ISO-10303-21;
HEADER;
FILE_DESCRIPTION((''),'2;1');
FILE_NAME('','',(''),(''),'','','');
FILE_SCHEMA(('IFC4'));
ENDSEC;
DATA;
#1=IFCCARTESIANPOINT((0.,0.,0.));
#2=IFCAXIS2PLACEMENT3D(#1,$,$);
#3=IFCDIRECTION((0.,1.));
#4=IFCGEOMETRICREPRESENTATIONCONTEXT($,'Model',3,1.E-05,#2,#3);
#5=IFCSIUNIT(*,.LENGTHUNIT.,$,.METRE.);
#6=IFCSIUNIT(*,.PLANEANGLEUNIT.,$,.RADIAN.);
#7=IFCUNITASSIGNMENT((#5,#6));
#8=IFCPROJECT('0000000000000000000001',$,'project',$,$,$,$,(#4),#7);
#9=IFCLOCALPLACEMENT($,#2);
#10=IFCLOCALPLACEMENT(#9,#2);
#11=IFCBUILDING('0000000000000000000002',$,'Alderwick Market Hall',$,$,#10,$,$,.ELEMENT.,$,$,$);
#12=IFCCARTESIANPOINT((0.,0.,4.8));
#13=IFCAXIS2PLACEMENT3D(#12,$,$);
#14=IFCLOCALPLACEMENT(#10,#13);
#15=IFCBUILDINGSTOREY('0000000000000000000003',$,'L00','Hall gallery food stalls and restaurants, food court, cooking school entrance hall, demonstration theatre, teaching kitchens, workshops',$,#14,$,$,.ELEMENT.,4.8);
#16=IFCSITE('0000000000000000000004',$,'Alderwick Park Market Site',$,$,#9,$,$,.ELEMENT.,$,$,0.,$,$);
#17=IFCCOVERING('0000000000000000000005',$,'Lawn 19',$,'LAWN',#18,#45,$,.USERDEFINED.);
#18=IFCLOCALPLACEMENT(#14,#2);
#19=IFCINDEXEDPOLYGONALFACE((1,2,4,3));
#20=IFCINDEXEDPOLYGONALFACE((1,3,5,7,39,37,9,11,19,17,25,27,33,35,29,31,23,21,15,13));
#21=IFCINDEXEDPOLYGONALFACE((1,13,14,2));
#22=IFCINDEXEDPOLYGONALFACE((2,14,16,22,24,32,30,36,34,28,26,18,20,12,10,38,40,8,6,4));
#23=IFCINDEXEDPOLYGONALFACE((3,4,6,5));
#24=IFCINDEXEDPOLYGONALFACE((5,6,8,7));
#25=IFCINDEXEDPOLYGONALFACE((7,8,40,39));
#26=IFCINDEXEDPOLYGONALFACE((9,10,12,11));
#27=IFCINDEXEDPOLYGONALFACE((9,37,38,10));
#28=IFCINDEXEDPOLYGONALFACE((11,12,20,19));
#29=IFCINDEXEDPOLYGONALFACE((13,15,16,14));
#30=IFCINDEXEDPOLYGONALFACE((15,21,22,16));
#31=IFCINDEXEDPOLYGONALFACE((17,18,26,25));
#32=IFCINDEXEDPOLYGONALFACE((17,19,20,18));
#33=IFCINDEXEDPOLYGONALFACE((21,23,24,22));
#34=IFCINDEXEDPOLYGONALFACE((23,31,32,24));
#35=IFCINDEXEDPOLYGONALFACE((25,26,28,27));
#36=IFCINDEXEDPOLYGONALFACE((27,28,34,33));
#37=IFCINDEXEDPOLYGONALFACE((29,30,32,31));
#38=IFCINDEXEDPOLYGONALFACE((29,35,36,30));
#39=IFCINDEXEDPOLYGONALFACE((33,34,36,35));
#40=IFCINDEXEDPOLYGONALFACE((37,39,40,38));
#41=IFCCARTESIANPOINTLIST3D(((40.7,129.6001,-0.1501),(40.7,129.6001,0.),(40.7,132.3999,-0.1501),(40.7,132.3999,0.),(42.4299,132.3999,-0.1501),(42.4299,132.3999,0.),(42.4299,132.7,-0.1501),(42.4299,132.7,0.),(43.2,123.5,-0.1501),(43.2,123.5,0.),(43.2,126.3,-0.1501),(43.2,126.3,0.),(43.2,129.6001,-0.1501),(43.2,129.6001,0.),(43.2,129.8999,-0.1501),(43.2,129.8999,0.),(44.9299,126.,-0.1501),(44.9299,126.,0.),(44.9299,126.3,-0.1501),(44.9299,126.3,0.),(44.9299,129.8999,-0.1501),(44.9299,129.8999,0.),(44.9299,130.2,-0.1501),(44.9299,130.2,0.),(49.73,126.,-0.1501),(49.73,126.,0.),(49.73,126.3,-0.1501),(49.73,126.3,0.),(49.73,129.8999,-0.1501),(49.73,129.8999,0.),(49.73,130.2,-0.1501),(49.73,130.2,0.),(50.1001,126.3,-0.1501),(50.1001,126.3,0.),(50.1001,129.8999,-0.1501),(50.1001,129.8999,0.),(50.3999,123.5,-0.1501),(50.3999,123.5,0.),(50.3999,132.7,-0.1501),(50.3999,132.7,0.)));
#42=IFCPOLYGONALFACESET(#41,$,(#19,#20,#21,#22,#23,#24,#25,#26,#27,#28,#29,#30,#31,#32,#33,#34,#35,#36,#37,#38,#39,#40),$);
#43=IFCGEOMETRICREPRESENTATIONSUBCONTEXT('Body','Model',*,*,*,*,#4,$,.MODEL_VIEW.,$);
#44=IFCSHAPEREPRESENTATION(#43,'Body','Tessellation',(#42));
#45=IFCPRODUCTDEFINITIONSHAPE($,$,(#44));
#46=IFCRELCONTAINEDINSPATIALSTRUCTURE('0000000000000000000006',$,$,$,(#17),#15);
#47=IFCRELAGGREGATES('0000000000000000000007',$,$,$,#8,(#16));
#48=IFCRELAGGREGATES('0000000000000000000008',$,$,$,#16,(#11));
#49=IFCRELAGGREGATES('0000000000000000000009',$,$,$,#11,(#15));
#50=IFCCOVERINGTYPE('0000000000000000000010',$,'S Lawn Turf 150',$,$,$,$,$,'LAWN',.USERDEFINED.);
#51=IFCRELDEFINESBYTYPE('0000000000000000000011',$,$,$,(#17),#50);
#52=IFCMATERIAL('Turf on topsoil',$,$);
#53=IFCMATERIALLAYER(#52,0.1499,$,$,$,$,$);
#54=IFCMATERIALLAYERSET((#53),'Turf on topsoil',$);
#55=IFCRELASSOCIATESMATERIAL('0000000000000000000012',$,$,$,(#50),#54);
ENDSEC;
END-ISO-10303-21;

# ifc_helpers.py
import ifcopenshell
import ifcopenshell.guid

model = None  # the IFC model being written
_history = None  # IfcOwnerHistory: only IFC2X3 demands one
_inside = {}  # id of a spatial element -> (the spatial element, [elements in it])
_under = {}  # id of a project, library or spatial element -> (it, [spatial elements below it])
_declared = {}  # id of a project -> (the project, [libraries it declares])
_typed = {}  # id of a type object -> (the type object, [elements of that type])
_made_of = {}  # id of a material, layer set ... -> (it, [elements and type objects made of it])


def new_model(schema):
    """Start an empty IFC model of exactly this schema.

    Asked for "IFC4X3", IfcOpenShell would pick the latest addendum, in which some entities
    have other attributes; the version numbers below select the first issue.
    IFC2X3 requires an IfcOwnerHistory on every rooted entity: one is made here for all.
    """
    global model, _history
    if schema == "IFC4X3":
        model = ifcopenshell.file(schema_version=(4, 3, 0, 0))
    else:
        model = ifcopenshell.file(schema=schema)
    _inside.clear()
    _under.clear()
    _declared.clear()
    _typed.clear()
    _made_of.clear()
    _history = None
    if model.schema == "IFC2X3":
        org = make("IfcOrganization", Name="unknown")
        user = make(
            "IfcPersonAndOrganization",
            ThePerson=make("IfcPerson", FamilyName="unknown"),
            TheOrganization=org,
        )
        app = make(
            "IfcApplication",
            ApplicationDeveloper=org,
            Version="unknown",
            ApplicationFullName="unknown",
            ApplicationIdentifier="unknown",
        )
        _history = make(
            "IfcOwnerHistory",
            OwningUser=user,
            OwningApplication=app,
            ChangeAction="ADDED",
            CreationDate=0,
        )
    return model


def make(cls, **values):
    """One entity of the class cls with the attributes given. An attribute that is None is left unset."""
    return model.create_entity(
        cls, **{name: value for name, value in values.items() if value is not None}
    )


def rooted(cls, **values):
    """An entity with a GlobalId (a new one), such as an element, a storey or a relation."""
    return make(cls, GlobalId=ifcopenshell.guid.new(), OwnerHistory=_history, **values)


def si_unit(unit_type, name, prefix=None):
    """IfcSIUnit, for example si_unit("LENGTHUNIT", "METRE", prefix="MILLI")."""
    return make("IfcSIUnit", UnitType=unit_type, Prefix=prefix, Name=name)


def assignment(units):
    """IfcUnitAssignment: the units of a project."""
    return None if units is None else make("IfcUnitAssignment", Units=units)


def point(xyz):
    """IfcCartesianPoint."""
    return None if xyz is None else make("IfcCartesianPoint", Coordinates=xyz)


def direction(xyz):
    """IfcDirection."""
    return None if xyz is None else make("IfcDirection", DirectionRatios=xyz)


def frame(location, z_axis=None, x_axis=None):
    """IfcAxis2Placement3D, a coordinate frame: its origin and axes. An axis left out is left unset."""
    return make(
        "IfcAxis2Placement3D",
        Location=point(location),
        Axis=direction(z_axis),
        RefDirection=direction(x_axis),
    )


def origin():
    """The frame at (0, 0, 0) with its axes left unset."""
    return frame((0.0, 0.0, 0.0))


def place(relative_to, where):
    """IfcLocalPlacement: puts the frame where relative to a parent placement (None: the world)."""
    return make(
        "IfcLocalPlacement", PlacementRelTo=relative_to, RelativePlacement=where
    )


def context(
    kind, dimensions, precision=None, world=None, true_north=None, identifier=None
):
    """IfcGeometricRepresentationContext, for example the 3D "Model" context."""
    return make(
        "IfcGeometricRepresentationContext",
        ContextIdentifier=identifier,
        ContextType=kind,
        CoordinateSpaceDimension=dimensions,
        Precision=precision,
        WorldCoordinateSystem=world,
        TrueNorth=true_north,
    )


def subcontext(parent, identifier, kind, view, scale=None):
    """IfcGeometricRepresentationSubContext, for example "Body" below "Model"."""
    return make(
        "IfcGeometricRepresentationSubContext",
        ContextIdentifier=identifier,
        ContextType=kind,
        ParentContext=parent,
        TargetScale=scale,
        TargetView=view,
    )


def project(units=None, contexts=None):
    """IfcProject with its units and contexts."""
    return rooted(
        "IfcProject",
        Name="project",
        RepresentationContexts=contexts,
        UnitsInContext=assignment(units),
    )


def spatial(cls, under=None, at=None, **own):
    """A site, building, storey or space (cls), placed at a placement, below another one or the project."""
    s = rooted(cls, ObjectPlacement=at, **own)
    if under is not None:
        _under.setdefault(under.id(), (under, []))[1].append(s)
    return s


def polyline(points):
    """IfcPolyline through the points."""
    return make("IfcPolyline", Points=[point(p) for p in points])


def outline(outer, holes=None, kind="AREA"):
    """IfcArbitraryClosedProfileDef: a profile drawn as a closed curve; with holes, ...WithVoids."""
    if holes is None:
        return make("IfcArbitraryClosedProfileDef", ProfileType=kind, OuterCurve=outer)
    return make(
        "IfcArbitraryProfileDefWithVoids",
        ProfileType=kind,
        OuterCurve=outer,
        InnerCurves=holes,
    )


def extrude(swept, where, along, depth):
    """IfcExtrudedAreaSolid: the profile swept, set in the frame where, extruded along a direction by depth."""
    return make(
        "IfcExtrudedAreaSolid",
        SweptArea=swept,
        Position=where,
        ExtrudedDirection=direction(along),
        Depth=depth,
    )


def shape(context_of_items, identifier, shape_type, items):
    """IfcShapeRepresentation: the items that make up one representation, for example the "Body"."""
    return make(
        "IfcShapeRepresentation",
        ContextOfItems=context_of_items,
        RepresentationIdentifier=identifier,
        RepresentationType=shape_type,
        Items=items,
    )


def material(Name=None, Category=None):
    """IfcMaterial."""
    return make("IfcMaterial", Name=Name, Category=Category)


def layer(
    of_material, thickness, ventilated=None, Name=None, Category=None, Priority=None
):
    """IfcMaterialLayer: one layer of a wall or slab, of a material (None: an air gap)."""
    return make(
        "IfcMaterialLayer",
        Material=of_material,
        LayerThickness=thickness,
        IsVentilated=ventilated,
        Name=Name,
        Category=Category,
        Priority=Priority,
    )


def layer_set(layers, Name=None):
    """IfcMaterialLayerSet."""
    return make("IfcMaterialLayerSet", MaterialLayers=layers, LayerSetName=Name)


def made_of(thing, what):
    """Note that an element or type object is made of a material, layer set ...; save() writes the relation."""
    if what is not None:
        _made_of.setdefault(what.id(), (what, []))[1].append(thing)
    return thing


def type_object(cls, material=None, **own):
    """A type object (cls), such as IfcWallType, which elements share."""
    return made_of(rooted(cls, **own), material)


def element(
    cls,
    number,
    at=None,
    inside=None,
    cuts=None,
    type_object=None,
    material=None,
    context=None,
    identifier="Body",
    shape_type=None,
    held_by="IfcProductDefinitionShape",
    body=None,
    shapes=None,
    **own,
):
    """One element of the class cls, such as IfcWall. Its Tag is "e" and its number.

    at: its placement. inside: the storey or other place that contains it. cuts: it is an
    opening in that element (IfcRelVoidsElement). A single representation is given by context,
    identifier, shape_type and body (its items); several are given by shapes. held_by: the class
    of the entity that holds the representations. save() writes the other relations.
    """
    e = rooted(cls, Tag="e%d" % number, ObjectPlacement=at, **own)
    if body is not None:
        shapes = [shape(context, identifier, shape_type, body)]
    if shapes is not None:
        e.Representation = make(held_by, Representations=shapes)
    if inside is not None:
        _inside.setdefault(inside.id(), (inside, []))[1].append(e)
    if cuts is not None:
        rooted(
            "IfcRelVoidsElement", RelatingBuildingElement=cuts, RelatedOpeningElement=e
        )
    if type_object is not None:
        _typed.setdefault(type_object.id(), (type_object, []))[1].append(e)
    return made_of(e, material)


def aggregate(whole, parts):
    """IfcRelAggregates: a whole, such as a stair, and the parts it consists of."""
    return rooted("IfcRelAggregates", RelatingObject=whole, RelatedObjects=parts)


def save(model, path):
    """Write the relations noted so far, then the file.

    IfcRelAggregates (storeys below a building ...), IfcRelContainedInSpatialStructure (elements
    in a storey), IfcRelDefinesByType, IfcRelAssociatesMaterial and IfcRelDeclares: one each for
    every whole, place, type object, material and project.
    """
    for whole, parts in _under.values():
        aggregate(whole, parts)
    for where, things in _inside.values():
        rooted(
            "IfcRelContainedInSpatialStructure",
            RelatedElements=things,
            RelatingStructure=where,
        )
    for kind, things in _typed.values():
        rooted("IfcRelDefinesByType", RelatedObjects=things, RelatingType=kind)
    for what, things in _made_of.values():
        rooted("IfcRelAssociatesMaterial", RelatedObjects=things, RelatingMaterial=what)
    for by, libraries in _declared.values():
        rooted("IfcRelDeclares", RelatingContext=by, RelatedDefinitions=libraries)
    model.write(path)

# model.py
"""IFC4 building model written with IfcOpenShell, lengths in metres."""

from ifc_helpers import new_model, si_unit, direction, frame, origin, place, context, subcontext, project, spatial, polyline, outline, extrude, material, layer, layer_set, type_object, element, save


model = new_model("IFC4")

# Units and contexts
model_context = context("Model", 3, precision=1e-05, world=origin(), true_north=direction((0.0, 1.0)))
body_context = subcontext(model_context, "Body", "Model", "MODEL_VIEW")
ifc_project = project(units=[si_unit("LENGTHUNIT", "METRE"), si_unit("PLANEANGLEUNIT", "RADIAN")], contexts=[model_context])

# Site, building, storey
site_placement = place(None, origin())
site = spatial("IfcSite", under=ifc_project, at=site_placement, Name="Alderwick Park Market Site", CompositionType="ELEMENT", RefElevation=0.0)
building_placement = place(site_placement, origin())
building = spatial("IfcBuilding", under=site, at=building_placement, Name="Alderwick Market Hall", CompositionType="ELEMENT")
storey_placement = place(building_placement, frame((0.0, 0.0, 4.8)))
storey = spatial("IfcBuildingStorey", under=building, at=storey_placement, Name="L00", Description="Hall gallery food stalls and restaurants, food court, cooking school entrance hall, demonstration theatre, teaching kitchens, workshops", CompositionType="ELEMENT", Elevation=4.8)

# Covering
ifc_material_1 = material(Name="Turf on topsoil")
ifc_layer_1 = layer(ifc_material_1, 0.1499)
ifc_layer_set_1 = layer_set([ifc_layer_1], Name="Turf on topsoil")
covering_type_1 = type_object("IfcCoveringType", Name="S Lawn Turf 150", ElementType="LAWN", PredefinedType="USERDEFINED", material=ifc_layer_set_1)
covering_1_placement = place(storey_placement, frame((0.0, 0.0, -0.1501)))
element("IfcCovering", 1, at=covering_1_placement, inside=storey, type_object=covering_type_1, Name="Lawn 19", ObjectType="LAWN", PredefinedType="USERDEFINED", context=body_context, shape_type="SweptSolid", body=[
    extrude(outline(polyline([(43.2, 129.6001), (43.2, 129.8999), (44.9299, 129.8999), (44.9299, 130.2), (49.73, 130.2), (49.73, 129.8999), (50.1001, 129.8999), (50.1001, 126.3), (49.73, 126.3), (49.73, 126.0), (44.9299, 126.0), (44.9299, 126.3), (43.2, 126.3), (43.2, 123.5), (50.3999, 123.5), (50.3999, 132.7), (42.4299, 132.7), (42.4299, 132.3999), (40.7, 132.3999), (40.7, 129.6001), (43.2, 129.6001)])), origin(), (0.0, 0.0, 1.0), 0.1501),
])

save(model, "model.ifc")
